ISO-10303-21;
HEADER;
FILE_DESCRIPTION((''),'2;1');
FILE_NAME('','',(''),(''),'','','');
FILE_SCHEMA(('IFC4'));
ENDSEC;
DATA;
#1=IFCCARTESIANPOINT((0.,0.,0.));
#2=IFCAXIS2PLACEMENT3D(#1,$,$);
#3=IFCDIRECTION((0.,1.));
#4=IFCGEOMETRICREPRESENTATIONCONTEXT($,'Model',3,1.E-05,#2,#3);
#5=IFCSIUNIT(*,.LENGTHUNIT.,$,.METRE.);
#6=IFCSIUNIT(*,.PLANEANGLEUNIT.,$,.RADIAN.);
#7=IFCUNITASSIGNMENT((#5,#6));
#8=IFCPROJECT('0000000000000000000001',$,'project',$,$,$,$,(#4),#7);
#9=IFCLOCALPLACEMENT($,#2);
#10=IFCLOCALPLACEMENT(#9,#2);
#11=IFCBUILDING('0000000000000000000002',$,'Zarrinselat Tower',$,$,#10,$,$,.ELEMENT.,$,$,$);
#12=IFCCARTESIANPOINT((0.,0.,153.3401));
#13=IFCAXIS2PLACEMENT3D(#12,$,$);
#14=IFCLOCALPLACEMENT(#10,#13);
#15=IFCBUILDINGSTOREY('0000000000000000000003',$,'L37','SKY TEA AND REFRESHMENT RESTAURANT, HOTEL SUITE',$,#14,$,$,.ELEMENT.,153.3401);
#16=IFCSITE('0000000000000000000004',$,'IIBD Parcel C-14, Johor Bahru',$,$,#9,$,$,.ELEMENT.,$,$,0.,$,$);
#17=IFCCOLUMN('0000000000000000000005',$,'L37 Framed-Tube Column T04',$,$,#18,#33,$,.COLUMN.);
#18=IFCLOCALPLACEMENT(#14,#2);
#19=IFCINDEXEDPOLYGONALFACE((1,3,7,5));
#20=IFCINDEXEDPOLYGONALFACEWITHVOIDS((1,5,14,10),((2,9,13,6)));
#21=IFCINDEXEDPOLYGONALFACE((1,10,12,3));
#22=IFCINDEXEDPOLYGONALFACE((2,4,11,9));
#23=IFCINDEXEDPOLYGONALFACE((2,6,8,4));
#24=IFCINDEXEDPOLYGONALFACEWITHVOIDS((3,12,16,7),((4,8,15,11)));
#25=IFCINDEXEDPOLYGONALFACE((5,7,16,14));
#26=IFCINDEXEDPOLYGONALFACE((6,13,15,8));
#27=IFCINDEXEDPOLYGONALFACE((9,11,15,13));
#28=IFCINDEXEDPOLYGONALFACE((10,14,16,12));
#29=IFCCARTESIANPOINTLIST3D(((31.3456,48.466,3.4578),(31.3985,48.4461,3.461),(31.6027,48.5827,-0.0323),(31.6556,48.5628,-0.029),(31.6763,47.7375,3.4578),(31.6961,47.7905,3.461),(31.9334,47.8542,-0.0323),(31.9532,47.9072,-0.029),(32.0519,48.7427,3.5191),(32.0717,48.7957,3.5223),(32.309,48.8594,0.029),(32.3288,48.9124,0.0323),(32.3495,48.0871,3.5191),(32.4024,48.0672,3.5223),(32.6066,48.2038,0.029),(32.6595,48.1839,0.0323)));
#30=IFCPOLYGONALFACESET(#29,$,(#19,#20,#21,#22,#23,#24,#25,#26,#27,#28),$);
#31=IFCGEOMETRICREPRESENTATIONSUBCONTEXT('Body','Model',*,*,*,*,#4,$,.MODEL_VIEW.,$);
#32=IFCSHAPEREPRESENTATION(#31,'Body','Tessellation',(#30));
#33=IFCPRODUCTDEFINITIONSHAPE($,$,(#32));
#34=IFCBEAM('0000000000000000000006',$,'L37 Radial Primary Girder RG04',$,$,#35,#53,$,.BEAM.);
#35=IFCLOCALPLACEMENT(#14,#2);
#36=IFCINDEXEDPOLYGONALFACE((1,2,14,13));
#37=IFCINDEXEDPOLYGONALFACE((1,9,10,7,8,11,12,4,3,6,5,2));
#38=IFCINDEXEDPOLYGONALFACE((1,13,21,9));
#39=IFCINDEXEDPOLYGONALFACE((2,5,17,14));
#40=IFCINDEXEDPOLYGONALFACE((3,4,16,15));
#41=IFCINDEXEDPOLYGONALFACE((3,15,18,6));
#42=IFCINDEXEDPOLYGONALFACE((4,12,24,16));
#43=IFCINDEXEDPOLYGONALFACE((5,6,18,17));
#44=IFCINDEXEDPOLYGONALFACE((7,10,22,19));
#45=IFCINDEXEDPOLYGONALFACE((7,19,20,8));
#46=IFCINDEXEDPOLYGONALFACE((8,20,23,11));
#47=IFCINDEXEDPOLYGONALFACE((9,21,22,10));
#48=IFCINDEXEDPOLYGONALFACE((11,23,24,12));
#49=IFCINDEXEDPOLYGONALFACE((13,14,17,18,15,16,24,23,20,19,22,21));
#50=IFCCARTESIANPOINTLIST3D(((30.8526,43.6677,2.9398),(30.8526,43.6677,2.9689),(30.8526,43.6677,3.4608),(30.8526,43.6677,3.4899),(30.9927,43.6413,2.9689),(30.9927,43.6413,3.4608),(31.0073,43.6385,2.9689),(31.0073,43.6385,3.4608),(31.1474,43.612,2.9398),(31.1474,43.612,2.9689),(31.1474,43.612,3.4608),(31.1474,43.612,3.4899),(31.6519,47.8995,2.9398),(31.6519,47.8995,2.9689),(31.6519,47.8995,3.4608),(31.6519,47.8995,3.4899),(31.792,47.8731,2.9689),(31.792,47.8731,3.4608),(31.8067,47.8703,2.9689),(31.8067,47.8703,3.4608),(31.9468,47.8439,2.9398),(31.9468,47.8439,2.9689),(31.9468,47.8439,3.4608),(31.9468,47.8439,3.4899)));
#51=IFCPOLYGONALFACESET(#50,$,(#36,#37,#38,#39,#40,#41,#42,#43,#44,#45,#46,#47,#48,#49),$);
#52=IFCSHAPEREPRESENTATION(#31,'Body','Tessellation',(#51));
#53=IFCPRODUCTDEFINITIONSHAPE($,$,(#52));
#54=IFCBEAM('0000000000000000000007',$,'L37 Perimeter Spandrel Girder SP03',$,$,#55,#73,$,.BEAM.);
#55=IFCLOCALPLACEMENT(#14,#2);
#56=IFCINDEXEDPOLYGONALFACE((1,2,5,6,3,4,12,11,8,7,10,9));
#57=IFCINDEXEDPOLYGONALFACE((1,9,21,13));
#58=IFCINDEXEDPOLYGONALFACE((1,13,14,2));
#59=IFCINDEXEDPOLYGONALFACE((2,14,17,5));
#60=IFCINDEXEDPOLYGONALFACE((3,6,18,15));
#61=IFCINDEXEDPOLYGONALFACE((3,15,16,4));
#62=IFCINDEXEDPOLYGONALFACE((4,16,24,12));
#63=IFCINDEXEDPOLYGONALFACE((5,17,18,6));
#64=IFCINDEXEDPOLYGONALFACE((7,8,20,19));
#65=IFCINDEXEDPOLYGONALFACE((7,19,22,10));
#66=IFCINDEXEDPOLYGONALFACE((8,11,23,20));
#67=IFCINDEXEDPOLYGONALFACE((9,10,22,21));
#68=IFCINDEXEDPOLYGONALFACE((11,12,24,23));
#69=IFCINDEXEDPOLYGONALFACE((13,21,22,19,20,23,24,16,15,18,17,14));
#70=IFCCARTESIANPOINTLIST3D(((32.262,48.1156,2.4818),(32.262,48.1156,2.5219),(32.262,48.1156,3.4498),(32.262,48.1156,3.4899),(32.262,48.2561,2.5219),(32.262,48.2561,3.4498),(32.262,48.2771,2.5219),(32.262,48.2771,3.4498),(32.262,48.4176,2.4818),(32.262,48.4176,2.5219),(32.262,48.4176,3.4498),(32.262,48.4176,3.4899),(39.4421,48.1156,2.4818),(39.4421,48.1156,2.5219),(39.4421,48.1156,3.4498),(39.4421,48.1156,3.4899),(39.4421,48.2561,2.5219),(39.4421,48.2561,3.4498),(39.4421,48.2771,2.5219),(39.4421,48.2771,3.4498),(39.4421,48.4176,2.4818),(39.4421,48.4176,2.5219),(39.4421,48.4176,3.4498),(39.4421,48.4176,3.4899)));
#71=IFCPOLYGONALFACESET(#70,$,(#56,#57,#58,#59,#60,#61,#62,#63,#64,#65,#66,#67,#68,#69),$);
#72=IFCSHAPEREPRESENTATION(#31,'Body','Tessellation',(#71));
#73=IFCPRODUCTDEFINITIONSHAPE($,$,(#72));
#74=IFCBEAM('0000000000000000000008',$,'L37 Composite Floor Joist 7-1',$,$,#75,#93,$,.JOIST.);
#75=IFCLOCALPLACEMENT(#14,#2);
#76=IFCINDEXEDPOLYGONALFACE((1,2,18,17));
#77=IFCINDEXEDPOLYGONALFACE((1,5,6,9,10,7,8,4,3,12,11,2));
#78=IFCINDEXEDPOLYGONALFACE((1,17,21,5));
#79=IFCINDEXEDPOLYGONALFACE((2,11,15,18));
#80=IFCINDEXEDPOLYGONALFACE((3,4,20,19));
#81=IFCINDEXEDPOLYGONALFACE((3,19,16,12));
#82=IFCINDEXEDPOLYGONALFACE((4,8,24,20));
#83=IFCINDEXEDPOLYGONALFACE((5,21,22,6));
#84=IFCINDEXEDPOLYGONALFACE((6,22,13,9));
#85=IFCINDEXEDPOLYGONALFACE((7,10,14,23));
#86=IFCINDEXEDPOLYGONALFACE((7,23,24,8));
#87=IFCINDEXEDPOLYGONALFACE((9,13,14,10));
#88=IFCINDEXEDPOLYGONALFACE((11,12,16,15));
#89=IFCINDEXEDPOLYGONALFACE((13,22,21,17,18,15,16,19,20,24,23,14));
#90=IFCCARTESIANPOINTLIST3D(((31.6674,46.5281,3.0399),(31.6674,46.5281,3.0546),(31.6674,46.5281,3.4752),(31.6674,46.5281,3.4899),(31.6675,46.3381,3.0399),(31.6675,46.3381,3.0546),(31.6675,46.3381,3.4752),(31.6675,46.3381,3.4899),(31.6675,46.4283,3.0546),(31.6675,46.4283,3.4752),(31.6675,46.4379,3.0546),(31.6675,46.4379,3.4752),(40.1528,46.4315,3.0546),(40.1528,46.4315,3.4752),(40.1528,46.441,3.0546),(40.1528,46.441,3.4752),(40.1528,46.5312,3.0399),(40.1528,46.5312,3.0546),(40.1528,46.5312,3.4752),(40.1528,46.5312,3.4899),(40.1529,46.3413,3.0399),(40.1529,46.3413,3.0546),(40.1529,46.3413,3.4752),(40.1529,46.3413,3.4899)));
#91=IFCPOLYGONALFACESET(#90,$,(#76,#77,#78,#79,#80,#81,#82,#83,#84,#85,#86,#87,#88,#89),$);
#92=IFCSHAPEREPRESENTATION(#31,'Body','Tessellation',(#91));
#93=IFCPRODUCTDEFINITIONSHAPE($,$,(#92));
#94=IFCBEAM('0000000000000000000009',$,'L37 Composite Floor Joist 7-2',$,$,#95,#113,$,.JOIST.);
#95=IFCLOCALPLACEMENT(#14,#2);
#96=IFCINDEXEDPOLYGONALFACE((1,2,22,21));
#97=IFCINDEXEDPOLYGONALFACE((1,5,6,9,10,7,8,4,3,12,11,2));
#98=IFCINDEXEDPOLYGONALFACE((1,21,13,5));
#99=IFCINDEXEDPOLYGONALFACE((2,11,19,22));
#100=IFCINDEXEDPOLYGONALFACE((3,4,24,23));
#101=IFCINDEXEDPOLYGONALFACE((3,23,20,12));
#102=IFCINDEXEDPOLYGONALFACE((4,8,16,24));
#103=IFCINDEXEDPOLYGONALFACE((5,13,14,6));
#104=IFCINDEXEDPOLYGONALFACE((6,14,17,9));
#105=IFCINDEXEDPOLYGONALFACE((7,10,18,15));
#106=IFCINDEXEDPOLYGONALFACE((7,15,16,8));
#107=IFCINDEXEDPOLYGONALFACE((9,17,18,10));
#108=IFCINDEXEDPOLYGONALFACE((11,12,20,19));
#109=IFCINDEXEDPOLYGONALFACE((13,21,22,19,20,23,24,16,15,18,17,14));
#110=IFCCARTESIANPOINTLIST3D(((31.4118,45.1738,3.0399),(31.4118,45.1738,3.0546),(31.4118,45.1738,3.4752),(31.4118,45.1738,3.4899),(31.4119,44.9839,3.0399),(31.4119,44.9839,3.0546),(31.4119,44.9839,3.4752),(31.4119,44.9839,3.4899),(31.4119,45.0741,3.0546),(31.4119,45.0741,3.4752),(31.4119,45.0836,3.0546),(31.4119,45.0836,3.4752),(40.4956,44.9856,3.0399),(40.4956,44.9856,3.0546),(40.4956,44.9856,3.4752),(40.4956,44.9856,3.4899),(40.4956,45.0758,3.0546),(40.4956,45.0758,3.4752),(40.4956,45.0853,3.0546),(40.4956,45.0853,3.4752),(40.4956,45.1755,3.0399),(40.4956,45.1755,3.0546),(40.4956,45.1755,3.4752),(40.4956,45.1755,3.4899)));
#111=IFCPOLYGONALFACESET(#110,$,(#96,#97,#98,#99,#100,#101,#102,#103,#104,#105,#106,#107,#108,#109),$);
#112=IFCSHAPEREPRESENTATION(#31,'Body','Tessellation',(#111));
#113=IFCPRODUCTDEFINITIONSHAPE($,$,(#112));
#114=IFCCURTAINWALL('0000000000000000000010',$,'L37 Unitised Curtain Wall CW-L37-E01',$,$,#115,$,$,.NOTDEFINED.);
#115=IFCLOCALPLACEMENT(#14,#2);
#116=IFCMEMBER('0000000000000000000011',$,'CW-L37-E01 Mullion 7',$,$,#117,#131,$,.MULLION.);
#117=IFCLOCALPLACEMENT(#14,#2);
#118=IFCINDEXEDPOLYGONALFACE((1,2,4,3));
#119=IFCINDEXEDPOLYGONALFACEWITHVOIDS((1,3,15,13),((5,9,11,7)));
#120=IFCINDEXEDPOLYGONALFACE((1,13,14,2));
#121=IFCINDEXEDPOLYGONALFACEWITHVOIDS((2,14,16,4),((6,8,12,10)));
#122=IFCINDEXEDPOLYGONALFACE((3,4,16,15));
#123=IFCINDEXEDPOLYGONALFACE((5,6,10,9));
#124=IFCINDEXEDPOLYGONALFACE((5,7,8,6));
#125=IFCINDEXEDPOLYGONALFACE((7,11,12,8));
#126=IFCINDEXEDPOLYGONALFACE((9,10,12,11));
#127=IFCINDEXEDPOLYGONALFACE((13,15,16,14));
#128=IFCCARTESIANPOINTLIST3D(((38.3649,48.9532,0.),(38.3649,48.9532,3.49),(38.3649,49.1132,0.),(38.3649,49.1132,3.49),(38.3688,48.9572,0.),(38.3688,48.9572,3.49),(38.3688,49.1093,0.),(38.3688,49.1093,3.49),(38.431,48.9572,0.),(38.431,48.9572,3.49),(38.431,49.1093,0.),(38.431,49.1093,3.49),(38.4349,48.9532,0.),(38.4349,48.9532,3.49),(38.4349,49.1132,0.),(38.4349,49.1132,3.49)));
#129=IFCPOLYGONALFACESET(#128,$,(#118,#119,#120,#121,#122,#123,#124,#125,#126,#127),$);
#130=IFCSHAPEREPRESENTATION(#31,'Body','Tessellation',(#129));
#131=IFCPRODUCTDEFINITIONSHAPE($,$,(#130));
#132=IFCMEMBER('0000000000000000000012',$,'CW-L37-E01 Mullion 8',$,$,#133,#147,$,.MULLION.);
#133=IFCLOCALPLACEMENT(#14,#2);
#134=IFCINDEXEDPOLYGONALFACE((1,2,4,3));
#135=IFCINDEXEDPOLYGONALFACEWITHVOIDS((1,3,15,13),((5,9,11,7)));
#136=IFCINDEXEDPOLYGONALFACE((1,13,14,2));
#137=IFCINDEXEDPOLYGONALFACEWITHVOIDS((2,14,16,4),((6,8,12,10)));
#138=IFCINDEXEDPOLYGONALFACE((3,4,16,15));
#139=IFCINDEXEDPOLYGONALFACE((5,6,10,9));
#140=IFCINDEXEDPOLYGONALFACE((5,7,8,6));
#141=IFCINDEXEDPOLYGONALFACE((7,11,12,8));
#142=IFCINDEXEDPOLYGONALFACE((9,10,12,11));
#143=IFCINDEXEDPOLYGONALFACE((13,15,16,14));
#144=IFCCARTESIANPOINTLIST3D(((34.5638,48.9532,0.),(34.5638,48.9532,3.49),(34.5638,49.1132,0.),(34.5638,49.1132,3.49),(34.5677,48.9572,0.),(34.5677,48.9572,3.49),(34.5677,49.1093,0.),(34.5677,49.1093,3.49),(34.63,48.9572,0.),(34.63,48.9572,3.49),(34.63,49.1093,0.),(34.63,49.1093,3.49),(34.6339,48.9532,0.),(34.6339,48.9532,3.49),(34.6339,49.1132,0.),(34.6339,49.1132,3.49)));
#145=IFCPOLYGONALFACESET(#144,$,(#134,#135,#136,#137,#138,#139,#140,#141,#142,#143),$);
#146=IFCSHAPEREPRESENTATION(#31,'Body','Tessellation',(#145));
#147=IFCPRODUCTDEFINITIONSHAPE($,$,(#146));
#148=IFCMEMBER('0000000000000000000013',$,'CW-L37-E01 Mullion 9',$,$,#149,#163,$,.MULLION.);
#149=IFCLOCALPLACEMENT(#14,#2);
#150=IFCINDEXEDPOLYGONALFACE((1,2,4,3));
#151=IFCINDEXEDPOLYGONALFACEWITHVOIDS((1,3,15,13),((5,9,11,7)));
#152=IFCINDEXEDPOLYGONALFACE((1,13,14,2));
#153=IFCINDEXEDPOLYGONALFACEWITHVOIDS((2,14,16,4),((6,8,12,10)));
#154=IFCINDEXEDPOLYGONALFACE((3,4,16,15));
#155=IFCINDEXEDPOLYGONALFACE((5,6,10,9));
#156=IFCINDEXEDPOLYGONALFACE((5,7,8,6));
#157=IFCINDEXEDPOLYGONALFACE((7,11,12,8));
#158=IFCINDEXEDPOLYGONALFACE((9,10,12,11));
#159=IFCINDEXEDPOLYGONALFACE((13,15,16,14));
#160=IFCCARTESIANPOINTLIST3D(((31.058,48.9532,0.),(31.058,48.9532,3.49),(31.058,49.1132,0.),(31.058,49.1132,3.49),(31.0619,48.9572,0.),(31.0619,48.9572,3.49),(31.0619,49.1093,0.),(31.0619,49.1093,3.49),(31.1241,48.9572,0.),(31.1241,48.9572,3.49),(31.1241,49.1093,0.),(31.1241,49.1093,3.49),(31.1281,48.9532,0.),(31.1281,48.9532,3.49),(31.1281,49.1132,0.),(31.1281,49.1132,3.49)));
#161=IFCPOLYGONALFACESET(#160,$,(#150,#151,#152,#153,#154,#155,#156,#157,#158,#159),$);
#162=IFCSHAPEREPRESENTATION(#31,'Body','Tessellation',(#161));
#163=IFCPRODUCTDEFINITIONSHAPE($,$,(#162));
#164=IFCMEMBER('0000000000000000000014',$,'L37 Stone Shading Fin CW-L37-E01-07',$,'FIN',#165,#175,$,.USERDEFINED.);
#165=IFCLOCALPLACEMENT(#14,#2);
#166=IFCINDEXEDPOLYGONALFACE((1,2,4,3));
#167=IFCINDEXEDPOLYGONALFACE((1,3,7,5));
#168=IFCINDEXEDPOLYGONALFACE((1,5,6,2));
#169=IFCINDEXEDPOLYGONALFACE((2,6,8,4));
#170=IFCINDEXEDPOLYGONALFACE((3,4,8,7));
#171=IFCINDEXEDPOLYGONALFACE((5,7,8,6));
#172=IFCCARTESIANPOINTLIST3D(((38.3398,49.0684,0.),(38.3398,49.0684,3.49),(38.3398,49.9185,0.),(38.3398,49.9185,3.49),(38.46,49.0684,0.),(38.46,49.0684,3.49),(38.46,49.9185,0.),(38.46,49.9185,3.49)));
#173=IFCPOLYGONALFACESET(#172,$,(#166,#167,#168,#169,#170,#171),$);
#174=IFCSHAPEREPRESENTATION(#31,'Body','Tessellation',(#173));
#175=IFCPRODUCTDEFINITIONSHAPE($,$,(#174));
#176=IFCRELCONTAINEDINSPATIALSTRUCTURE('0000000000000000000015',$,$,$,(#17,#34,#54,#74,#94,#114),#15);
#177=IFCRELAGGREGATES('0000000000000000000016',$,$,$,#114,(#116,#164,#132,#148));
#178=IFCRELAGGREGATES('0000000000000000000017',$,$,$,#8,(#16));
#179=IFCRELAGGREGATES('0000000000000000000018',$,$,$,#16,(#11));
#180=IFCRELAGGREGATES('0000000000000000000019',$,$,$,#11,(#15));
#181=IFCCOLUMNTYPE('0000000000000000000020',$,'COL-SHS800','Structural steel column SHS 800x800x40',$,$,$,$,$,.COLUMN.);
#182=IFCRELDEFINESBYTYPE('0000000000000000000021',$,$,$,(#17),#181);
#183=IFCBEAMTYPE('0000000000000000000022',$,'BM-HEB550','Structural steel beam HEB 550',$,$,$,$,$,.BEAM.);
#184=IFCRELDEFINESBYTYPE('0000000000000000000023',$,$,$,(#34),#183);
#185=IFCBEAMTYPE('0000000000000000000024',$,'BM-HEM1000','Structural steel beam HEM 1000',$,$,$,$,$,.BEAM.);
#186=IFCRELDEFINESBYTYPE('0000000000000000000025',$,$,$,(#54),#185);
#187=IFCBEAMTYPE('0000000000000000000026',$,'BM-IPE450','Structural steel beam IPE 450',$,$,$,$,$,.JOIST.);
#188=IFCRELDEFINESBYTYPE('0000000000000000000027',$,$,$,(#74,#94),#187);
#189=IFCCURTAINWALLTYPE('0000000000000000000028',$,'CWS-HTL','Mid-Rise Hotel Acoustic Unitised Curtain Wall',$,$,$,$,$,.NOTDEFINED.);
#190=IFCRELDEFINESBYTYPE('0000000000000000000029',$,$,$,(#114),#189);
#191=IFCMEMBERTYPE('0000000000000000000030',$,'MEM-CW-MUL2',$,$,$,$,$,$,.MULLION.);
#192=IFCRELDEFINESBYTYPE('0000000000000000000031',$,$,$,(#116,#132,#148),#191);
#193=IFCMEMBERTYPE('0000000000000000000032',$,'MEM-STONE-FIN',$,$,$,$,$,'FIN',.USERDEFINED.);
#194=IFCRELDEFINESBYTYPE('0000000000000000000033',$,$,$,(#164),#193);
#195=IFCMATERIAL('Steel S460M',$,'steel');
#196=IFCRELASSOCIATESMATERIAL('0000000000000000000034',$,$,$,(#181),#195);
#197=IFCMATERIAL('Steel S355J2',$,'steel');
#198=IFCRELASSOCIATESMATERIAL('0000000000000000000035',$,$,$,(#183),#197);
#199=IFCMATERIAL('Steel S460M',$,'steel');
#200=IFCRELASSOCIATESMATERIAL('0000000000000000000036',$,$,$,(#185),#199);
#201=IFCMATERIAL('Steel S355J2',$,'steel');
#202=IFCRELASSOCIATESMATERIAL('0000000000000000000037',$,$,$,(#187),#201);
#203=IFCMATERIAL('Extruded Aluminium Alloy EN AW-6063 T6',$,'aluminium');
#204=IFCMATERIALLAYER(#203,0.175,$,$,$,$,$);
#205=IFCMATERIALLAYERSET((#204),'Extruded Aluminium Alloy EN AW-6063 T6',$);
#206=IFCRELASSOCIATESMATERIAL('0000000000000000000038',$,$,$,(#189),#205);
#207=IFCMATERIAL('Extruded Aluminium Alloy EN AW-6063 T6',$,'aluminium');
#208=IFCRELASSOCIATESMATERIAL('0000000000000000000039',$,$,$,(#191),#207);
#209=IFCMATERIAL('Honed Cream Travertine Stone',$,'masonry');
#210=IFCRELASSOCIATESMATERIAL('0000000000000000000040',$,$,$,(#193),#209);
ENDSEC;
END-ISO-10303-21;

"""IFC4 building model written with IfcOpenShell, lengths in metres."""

from ifc_helpers import new_model, si_unit, direction, frame, origin, origin_2d, place, context, subcontext, project, spatial, rectangle, hollow_rectangle, i_section, extrude, material, layer, layer_set, material_profile, profile_set, type_object, element, aggregate, save


model = new_model("IFC4")

# Units and contexts
model_context = context("Model", 3, precision=1e-05, world=origin(), true_north=direction((0.0, 1.0)))
body_context = subcontext(model_context, "Body", "Model", "MODEL_VIEW")
ifc_project = project(units=[si_unit("LENGTHUNIT", "METRE"), si_unit("PLANEANGLEUNIT", "RADIAN")], contexts=[model_context])

# Site, building, storey
site_placement = place(None, origin())
site = spatial("IfcSite", under=ifc_project, at=site_placement, Name="IIBD Parcel C-14, Johor Bahru", CompositionType="ELEMENT", RefElevation=0.0)
building_placement = place(site_placement, origin())
building = spatial("IfcBuilding", under=site, at=building_placement, Name="Zarrinselat Tower", CompositionType="ELEMENT")
storey_placement = place(building_placement, frame((0.0, 0.0, 153.3401)))
storey = spatial("IfcBuildingStorey", under=building, at=storey_placement, Name="L37", Description="SKY TEA AND REFRESHMENT RESTAURANT, HOTEL SUITE", CompositionType="ELEMENT", Elevation=153.3401)

# Column
ifc_material_1 = material(Name="Steel S460M", Category="steel")
ifc_material_profile_1 = material_profile(ifc_material_1, hollow_rectangle(XDim=0.8, YDim=0.8, WallThickness=0.04, at=origin_2d()), Name="SHS 800x800x40")
ifc_profile_set_1 = profile_set([ifc_material_profile_1], Name="Steel S460M")
column_type = type_object("IfcColumnType", Name="COL-SHS800", Description="Structural steel column SHS 800x800x40", PredefinedType="COLUMN", material=ifc_profile_set_1)
column_placement = place(storey_placement, frame((32.1311, 48.3833, 0.0), z_axis=(-0.073422, -0.033329, 0.996744), x_axis=(0.413347, -0.910574, 0.0)))
element("IfcColumn", 1, at=column_placement, inside=storey, type_object=column_type, Name="L37 Framed-Tube Column T04", PredefinedType="COLUMN", context=body_context, shape_type="SweptSolid", body=[
    extrude(hollow_rectangle(XDim=0.8, YDim=0.8, WallThickness=0.04, at=origin_2d()), origin(), (0.0, 0.0, 1.0), 3.5015),
])

# Beams
ifc_material_2 = material(Name="Steel S355J2", Category="steel")
ifc_material_profile_2 = material_profile(ifc_material_2, i_section(OverallWidth=0.3, OverallDepth=0.55, WebThickness=0.0149, FlangeThickness=0.0291, at=origin_2d()), Name="HEB 550")
ifc_profile_set_2 = profile_set([ifc_material_profile_2], Name="Steel S355J2")
beam_type_1 = type_object("IfcBeamType", Name="BM-HEB550", Description="Structural steel beam HEB 550", PredefinedType="BEAM", material=ifc_profile_set_2)
beam_1_placement = place(storey_placement, frame((31.0, 43.6399, 3.2148), z_axis=(0.185606, 0.982624, 0.0), x_axis=(-0.982624, 0.185606, 0.0)))
element("IfcBeam", 2, at=beam_1_placement, inside=storey, type_object=beam_type_1, Name="L37 Radial Primary Girder RG04", PredefinedType="BEAM", context=body_context, shape_type="SweptSolid", body=[
    extrude(i_section(OverallWidth=0.3, OverallDepth=0.55, WebThickness=0.0149, FlangeThickness=0.0291, at=origin_2d()), origin(), (0.0, 0.0, 1.0), 4.3066),
])
ifc_material_3 = material(Name="Steel S460M", Category="steel")
ifc_material_profile_3 = material_profile(ifc_material_3, i_section(OverallWidth=0.302, OverallDepth=1.0081, WebThickness=0.021, FlangeThickness=0.04, at=origin_2d()), Name="HEM 1000")
ifc_profile_set_3 = profile_set([ifc_material_profile_3], Name="Steel S460M")
beam_type_2 = type_object("IfcBeamType", Name="BM-HEM1000", Description="Structural steel beam HEM 1000", PredefinedType="BEAM", material=ifc_profile_set_3)
beam_2_placement = place(storey_placement, frame((32.262, 48.2666, 2.9858), z_axis=(1.0, 0.0, 0.0), x_axis=(0.0, 1.0, 0.0)))
element("IfcBeam", 3, at=beam_2_placement, inside=storey, type_object=beam_type_2, Name="L37 Perimeter Spandrel Girder SP03", PredefinedType="BEAM", context=body_context, shape_type="SweptSolid", body=[
    extrude(i_section(OverallWidth=0.302, OverallDepth=1.0081, WebThickness=0.021, FlangeThickness=0.04, at=origin_2d()), origin(), (0.0, 0.0, 1.0), 7.1802),
])
ifc_material_4 = material(Name="Steel S355J2", Category="steel")
ifc_material_profile_4 = material_profile(ifc_material_4, i_section(OverallWidth=0.1899, OverallDepth=0.45, WebThickness=0.0095, FlangeThickness=0.0146, at=origin_2d()), Name="IPE 450")
ifc_profile_set_4 = profile_set([ifc_material_profile_4], Name="Steel S355J2")
beam_type_3 = type_object("IfcBeamType", Name="BM-IPE450", Description="Structural steel beam IPE 450", PredefinedType="JOIST", material=ifc_profile_set_4)
beam_3_placement = place(storey_placement, frame((31.6675, 46.4331, 3.2649), z_axis=(1.0, 0.000374, 0.0), x_axis=(-0.000374, 1.0, 0.0)))
element("IfcBeam", 4, at=beam_3_placement, inside=storey, type_object=beam_type_3, Name="L37 Composite Floor Joist 7-1", PredefinedType="JOIST", context=body_context, shape_type="SweptSolid", body=[
    extrude(i_section(OverallWidth=0.1899, OverallDepth=0.45, WebThickness=0.0095, FlangeThickness=0.0146, at=origin_2d()), origin(), (0.0, 0.0, 1.0), 8.4854),
])
beam_4_placement = place(storey_placement, frame((31.4119, 45.0789, 3.2649), z_axis=(1.0, 0.000188, 0.0), x_axis=(-0.000188, 1.0, 0.0)))
element("IfcBeam", 5, at=beam_4_placement, inside=storey, type_object=beam_type_3, Name="L37 Composite Floor Joist 7-2", PredefinedType="JOIST", context=body_context, shape_type="SweptSolid", body=[
    extrude(i_section(OverallWidth=0.1899, OverallDepth=0.45, WebThickness=0.0095, FlangeThickness=0.0146, at=origin_2d()), origin(), (0.0, 0.0, 1.0), 9.0837),
])

# Curtain wall, members
ifc_material_5 = material(Name="Extruded Aluminium Alloy EN AW-6063 T6", Category="aluminium")
ifc_layer_1 = layer(ifc_material_5, 0.175)
ifc_layer_set_1 = layer_set([ifc_layer_1], Name="Extruded Aluminium Alloy EN AW-6063 T6")
curtain_wall_type = type_object("IfcCurtainWallType", Name="CWS-HTL", Description="Mid-Rise Hotel Acoustic Unitised Curtain Wall", PredefinedType="NOTDEFINED", material=ifc_layer_set_1)
curtain_wall_placement = place(storey_placement, origin())
curtain_wall = element("IfcCurtainWall", 6, at=curtain_wall_placement, inside=storey, type_object=curtain_wall_type, Name="L37 Unitised Curtain Wall CW-L37-E01", PredefinedType="NOTDEFINED")
ifc_material_6 = material(Name="Extruded Aluminium Alloy EN AW-6063 T6", Category="aluminium")
ifc_material_profile_5 = material_profile(ifc_material_6, hollow_rectangle(XDim=0.0701, YDim=0.1599, WallThickness=0.0039, at=origin_2d()), Name="RHS 160x70x4")
ifc_profile_set_5 = profile_set([ifc_material_profile_5], Name="Extruded Aluminium Alloy EN AW-6063 T6")
member_type_1 = type_object("IfcMemberType", Name="MEM-CW-MUL2", PredefinedType="MULLION", material=ifc_profile_set_5)
member_1_placement = place(storey_placement, frame((38.3999, 49.0332, 0.0), z_axis=(0.0, 0.0, 1.0), x_axis=(-1.0, 0.0, 0.0)))
member_1 = element("IfcMember", 7, at=member_1_placement, type_object=member_type_1, Name="CW-L37-E01 Mullion 7", PredefinedType="MULLION", context=body_context, shape_type="SweptSolid", body=[
    extrude(hollow_rectangle(XDim=0.0701, YDim=0.1599, WallThickness=0.0039, at=origin_2d()), origin(), (0.0, 0.0, 1.0), 3.49),
])
member_2_placement = place(storey_placement, frame((34.5989, 49.0332, 0.0), z_axis=(0.0, 0.0, 1.0), x_axis=(-1.0, 0.0, 0.0)))
member_2 = element("IfcMember", 8, at=member_2_placement, type_object=member_type_1, Name="CW-L37-E01 Mullion 8", PredefinedType="MULLION", context=body_context, shape_type="SweptSolid", body=[
    extrude(hollow_rectangle(XDim=0.0701, YDim=0.1599, WallThickness=0.0039, at=origin_2d()), origin(), (0.0, 0.0, 1.0), 3.49),
])
member_3_placement = place(storey_placement, frame((31.093, 49.0332, 0.0), z_axis=(0.0, 0.0, 1.0), x_axis=(-1.0, 0.0, 0.0)))
member_3 = element("IfcMember", 9, at=member_3_placement, type_object=member_type_1, Name="CW-L37-E01 Mullion 9", PredefinedType="MULLION", context=body_context, shape_type="SweptSolid", body=[
    extrude(hollow_rectangle(XDim=0.0701, YDim=0.1599, WallThickness=0.0039, at=origin_2d()), origin(), (0.0, 0.0, 1.0), 3.49),
])
ifc_material_7 = material(Name="Honed Cream Travertine Stone", Category="masonry")
ifc_material_profile_6 = material_profile(ifc_material_7, rectangle(XDim=0.1201, YDim=0.8501, at=origin_2d()), Name="FIN 850x120")
ifc_profile_set_6 = profile_set([ifc_material_profile_6], Name="Honed Cream Travertine Stone")
member_type_2 = type_object("IfcMemberType", Name="MEM-STONE-FIN", ElementType="FIN", PredefinedType="USERDEFINED", material=ifc_profile_set_6)
member_4_placement = place(storey_placement, frame((38.3999, 49.4934, 0.0), z_axis=(0.0, 0.0, 1.0), x_axis=(1.0, 0.0, 0.0)))
member_4 = element("IfcMember", 10, at=member_4_placement, type_object=member_type_2, Name="L37 Stone Shading Fin CW-L37-E01-07", ObjectType="FIN", PredefinedType="USERDEFINED", context=body_context, shape_type="SweptSolid", body=[
    extrude(rectangle(XDim=0.1201, YDim=0.8501, at=origin_2d()), origin(), (0.0, 0.0, 1.0), 3.49),
])
aggregate(curtain_wall, [member_1, member_4, member_2, member_3])

save(model, "model.ifc")
